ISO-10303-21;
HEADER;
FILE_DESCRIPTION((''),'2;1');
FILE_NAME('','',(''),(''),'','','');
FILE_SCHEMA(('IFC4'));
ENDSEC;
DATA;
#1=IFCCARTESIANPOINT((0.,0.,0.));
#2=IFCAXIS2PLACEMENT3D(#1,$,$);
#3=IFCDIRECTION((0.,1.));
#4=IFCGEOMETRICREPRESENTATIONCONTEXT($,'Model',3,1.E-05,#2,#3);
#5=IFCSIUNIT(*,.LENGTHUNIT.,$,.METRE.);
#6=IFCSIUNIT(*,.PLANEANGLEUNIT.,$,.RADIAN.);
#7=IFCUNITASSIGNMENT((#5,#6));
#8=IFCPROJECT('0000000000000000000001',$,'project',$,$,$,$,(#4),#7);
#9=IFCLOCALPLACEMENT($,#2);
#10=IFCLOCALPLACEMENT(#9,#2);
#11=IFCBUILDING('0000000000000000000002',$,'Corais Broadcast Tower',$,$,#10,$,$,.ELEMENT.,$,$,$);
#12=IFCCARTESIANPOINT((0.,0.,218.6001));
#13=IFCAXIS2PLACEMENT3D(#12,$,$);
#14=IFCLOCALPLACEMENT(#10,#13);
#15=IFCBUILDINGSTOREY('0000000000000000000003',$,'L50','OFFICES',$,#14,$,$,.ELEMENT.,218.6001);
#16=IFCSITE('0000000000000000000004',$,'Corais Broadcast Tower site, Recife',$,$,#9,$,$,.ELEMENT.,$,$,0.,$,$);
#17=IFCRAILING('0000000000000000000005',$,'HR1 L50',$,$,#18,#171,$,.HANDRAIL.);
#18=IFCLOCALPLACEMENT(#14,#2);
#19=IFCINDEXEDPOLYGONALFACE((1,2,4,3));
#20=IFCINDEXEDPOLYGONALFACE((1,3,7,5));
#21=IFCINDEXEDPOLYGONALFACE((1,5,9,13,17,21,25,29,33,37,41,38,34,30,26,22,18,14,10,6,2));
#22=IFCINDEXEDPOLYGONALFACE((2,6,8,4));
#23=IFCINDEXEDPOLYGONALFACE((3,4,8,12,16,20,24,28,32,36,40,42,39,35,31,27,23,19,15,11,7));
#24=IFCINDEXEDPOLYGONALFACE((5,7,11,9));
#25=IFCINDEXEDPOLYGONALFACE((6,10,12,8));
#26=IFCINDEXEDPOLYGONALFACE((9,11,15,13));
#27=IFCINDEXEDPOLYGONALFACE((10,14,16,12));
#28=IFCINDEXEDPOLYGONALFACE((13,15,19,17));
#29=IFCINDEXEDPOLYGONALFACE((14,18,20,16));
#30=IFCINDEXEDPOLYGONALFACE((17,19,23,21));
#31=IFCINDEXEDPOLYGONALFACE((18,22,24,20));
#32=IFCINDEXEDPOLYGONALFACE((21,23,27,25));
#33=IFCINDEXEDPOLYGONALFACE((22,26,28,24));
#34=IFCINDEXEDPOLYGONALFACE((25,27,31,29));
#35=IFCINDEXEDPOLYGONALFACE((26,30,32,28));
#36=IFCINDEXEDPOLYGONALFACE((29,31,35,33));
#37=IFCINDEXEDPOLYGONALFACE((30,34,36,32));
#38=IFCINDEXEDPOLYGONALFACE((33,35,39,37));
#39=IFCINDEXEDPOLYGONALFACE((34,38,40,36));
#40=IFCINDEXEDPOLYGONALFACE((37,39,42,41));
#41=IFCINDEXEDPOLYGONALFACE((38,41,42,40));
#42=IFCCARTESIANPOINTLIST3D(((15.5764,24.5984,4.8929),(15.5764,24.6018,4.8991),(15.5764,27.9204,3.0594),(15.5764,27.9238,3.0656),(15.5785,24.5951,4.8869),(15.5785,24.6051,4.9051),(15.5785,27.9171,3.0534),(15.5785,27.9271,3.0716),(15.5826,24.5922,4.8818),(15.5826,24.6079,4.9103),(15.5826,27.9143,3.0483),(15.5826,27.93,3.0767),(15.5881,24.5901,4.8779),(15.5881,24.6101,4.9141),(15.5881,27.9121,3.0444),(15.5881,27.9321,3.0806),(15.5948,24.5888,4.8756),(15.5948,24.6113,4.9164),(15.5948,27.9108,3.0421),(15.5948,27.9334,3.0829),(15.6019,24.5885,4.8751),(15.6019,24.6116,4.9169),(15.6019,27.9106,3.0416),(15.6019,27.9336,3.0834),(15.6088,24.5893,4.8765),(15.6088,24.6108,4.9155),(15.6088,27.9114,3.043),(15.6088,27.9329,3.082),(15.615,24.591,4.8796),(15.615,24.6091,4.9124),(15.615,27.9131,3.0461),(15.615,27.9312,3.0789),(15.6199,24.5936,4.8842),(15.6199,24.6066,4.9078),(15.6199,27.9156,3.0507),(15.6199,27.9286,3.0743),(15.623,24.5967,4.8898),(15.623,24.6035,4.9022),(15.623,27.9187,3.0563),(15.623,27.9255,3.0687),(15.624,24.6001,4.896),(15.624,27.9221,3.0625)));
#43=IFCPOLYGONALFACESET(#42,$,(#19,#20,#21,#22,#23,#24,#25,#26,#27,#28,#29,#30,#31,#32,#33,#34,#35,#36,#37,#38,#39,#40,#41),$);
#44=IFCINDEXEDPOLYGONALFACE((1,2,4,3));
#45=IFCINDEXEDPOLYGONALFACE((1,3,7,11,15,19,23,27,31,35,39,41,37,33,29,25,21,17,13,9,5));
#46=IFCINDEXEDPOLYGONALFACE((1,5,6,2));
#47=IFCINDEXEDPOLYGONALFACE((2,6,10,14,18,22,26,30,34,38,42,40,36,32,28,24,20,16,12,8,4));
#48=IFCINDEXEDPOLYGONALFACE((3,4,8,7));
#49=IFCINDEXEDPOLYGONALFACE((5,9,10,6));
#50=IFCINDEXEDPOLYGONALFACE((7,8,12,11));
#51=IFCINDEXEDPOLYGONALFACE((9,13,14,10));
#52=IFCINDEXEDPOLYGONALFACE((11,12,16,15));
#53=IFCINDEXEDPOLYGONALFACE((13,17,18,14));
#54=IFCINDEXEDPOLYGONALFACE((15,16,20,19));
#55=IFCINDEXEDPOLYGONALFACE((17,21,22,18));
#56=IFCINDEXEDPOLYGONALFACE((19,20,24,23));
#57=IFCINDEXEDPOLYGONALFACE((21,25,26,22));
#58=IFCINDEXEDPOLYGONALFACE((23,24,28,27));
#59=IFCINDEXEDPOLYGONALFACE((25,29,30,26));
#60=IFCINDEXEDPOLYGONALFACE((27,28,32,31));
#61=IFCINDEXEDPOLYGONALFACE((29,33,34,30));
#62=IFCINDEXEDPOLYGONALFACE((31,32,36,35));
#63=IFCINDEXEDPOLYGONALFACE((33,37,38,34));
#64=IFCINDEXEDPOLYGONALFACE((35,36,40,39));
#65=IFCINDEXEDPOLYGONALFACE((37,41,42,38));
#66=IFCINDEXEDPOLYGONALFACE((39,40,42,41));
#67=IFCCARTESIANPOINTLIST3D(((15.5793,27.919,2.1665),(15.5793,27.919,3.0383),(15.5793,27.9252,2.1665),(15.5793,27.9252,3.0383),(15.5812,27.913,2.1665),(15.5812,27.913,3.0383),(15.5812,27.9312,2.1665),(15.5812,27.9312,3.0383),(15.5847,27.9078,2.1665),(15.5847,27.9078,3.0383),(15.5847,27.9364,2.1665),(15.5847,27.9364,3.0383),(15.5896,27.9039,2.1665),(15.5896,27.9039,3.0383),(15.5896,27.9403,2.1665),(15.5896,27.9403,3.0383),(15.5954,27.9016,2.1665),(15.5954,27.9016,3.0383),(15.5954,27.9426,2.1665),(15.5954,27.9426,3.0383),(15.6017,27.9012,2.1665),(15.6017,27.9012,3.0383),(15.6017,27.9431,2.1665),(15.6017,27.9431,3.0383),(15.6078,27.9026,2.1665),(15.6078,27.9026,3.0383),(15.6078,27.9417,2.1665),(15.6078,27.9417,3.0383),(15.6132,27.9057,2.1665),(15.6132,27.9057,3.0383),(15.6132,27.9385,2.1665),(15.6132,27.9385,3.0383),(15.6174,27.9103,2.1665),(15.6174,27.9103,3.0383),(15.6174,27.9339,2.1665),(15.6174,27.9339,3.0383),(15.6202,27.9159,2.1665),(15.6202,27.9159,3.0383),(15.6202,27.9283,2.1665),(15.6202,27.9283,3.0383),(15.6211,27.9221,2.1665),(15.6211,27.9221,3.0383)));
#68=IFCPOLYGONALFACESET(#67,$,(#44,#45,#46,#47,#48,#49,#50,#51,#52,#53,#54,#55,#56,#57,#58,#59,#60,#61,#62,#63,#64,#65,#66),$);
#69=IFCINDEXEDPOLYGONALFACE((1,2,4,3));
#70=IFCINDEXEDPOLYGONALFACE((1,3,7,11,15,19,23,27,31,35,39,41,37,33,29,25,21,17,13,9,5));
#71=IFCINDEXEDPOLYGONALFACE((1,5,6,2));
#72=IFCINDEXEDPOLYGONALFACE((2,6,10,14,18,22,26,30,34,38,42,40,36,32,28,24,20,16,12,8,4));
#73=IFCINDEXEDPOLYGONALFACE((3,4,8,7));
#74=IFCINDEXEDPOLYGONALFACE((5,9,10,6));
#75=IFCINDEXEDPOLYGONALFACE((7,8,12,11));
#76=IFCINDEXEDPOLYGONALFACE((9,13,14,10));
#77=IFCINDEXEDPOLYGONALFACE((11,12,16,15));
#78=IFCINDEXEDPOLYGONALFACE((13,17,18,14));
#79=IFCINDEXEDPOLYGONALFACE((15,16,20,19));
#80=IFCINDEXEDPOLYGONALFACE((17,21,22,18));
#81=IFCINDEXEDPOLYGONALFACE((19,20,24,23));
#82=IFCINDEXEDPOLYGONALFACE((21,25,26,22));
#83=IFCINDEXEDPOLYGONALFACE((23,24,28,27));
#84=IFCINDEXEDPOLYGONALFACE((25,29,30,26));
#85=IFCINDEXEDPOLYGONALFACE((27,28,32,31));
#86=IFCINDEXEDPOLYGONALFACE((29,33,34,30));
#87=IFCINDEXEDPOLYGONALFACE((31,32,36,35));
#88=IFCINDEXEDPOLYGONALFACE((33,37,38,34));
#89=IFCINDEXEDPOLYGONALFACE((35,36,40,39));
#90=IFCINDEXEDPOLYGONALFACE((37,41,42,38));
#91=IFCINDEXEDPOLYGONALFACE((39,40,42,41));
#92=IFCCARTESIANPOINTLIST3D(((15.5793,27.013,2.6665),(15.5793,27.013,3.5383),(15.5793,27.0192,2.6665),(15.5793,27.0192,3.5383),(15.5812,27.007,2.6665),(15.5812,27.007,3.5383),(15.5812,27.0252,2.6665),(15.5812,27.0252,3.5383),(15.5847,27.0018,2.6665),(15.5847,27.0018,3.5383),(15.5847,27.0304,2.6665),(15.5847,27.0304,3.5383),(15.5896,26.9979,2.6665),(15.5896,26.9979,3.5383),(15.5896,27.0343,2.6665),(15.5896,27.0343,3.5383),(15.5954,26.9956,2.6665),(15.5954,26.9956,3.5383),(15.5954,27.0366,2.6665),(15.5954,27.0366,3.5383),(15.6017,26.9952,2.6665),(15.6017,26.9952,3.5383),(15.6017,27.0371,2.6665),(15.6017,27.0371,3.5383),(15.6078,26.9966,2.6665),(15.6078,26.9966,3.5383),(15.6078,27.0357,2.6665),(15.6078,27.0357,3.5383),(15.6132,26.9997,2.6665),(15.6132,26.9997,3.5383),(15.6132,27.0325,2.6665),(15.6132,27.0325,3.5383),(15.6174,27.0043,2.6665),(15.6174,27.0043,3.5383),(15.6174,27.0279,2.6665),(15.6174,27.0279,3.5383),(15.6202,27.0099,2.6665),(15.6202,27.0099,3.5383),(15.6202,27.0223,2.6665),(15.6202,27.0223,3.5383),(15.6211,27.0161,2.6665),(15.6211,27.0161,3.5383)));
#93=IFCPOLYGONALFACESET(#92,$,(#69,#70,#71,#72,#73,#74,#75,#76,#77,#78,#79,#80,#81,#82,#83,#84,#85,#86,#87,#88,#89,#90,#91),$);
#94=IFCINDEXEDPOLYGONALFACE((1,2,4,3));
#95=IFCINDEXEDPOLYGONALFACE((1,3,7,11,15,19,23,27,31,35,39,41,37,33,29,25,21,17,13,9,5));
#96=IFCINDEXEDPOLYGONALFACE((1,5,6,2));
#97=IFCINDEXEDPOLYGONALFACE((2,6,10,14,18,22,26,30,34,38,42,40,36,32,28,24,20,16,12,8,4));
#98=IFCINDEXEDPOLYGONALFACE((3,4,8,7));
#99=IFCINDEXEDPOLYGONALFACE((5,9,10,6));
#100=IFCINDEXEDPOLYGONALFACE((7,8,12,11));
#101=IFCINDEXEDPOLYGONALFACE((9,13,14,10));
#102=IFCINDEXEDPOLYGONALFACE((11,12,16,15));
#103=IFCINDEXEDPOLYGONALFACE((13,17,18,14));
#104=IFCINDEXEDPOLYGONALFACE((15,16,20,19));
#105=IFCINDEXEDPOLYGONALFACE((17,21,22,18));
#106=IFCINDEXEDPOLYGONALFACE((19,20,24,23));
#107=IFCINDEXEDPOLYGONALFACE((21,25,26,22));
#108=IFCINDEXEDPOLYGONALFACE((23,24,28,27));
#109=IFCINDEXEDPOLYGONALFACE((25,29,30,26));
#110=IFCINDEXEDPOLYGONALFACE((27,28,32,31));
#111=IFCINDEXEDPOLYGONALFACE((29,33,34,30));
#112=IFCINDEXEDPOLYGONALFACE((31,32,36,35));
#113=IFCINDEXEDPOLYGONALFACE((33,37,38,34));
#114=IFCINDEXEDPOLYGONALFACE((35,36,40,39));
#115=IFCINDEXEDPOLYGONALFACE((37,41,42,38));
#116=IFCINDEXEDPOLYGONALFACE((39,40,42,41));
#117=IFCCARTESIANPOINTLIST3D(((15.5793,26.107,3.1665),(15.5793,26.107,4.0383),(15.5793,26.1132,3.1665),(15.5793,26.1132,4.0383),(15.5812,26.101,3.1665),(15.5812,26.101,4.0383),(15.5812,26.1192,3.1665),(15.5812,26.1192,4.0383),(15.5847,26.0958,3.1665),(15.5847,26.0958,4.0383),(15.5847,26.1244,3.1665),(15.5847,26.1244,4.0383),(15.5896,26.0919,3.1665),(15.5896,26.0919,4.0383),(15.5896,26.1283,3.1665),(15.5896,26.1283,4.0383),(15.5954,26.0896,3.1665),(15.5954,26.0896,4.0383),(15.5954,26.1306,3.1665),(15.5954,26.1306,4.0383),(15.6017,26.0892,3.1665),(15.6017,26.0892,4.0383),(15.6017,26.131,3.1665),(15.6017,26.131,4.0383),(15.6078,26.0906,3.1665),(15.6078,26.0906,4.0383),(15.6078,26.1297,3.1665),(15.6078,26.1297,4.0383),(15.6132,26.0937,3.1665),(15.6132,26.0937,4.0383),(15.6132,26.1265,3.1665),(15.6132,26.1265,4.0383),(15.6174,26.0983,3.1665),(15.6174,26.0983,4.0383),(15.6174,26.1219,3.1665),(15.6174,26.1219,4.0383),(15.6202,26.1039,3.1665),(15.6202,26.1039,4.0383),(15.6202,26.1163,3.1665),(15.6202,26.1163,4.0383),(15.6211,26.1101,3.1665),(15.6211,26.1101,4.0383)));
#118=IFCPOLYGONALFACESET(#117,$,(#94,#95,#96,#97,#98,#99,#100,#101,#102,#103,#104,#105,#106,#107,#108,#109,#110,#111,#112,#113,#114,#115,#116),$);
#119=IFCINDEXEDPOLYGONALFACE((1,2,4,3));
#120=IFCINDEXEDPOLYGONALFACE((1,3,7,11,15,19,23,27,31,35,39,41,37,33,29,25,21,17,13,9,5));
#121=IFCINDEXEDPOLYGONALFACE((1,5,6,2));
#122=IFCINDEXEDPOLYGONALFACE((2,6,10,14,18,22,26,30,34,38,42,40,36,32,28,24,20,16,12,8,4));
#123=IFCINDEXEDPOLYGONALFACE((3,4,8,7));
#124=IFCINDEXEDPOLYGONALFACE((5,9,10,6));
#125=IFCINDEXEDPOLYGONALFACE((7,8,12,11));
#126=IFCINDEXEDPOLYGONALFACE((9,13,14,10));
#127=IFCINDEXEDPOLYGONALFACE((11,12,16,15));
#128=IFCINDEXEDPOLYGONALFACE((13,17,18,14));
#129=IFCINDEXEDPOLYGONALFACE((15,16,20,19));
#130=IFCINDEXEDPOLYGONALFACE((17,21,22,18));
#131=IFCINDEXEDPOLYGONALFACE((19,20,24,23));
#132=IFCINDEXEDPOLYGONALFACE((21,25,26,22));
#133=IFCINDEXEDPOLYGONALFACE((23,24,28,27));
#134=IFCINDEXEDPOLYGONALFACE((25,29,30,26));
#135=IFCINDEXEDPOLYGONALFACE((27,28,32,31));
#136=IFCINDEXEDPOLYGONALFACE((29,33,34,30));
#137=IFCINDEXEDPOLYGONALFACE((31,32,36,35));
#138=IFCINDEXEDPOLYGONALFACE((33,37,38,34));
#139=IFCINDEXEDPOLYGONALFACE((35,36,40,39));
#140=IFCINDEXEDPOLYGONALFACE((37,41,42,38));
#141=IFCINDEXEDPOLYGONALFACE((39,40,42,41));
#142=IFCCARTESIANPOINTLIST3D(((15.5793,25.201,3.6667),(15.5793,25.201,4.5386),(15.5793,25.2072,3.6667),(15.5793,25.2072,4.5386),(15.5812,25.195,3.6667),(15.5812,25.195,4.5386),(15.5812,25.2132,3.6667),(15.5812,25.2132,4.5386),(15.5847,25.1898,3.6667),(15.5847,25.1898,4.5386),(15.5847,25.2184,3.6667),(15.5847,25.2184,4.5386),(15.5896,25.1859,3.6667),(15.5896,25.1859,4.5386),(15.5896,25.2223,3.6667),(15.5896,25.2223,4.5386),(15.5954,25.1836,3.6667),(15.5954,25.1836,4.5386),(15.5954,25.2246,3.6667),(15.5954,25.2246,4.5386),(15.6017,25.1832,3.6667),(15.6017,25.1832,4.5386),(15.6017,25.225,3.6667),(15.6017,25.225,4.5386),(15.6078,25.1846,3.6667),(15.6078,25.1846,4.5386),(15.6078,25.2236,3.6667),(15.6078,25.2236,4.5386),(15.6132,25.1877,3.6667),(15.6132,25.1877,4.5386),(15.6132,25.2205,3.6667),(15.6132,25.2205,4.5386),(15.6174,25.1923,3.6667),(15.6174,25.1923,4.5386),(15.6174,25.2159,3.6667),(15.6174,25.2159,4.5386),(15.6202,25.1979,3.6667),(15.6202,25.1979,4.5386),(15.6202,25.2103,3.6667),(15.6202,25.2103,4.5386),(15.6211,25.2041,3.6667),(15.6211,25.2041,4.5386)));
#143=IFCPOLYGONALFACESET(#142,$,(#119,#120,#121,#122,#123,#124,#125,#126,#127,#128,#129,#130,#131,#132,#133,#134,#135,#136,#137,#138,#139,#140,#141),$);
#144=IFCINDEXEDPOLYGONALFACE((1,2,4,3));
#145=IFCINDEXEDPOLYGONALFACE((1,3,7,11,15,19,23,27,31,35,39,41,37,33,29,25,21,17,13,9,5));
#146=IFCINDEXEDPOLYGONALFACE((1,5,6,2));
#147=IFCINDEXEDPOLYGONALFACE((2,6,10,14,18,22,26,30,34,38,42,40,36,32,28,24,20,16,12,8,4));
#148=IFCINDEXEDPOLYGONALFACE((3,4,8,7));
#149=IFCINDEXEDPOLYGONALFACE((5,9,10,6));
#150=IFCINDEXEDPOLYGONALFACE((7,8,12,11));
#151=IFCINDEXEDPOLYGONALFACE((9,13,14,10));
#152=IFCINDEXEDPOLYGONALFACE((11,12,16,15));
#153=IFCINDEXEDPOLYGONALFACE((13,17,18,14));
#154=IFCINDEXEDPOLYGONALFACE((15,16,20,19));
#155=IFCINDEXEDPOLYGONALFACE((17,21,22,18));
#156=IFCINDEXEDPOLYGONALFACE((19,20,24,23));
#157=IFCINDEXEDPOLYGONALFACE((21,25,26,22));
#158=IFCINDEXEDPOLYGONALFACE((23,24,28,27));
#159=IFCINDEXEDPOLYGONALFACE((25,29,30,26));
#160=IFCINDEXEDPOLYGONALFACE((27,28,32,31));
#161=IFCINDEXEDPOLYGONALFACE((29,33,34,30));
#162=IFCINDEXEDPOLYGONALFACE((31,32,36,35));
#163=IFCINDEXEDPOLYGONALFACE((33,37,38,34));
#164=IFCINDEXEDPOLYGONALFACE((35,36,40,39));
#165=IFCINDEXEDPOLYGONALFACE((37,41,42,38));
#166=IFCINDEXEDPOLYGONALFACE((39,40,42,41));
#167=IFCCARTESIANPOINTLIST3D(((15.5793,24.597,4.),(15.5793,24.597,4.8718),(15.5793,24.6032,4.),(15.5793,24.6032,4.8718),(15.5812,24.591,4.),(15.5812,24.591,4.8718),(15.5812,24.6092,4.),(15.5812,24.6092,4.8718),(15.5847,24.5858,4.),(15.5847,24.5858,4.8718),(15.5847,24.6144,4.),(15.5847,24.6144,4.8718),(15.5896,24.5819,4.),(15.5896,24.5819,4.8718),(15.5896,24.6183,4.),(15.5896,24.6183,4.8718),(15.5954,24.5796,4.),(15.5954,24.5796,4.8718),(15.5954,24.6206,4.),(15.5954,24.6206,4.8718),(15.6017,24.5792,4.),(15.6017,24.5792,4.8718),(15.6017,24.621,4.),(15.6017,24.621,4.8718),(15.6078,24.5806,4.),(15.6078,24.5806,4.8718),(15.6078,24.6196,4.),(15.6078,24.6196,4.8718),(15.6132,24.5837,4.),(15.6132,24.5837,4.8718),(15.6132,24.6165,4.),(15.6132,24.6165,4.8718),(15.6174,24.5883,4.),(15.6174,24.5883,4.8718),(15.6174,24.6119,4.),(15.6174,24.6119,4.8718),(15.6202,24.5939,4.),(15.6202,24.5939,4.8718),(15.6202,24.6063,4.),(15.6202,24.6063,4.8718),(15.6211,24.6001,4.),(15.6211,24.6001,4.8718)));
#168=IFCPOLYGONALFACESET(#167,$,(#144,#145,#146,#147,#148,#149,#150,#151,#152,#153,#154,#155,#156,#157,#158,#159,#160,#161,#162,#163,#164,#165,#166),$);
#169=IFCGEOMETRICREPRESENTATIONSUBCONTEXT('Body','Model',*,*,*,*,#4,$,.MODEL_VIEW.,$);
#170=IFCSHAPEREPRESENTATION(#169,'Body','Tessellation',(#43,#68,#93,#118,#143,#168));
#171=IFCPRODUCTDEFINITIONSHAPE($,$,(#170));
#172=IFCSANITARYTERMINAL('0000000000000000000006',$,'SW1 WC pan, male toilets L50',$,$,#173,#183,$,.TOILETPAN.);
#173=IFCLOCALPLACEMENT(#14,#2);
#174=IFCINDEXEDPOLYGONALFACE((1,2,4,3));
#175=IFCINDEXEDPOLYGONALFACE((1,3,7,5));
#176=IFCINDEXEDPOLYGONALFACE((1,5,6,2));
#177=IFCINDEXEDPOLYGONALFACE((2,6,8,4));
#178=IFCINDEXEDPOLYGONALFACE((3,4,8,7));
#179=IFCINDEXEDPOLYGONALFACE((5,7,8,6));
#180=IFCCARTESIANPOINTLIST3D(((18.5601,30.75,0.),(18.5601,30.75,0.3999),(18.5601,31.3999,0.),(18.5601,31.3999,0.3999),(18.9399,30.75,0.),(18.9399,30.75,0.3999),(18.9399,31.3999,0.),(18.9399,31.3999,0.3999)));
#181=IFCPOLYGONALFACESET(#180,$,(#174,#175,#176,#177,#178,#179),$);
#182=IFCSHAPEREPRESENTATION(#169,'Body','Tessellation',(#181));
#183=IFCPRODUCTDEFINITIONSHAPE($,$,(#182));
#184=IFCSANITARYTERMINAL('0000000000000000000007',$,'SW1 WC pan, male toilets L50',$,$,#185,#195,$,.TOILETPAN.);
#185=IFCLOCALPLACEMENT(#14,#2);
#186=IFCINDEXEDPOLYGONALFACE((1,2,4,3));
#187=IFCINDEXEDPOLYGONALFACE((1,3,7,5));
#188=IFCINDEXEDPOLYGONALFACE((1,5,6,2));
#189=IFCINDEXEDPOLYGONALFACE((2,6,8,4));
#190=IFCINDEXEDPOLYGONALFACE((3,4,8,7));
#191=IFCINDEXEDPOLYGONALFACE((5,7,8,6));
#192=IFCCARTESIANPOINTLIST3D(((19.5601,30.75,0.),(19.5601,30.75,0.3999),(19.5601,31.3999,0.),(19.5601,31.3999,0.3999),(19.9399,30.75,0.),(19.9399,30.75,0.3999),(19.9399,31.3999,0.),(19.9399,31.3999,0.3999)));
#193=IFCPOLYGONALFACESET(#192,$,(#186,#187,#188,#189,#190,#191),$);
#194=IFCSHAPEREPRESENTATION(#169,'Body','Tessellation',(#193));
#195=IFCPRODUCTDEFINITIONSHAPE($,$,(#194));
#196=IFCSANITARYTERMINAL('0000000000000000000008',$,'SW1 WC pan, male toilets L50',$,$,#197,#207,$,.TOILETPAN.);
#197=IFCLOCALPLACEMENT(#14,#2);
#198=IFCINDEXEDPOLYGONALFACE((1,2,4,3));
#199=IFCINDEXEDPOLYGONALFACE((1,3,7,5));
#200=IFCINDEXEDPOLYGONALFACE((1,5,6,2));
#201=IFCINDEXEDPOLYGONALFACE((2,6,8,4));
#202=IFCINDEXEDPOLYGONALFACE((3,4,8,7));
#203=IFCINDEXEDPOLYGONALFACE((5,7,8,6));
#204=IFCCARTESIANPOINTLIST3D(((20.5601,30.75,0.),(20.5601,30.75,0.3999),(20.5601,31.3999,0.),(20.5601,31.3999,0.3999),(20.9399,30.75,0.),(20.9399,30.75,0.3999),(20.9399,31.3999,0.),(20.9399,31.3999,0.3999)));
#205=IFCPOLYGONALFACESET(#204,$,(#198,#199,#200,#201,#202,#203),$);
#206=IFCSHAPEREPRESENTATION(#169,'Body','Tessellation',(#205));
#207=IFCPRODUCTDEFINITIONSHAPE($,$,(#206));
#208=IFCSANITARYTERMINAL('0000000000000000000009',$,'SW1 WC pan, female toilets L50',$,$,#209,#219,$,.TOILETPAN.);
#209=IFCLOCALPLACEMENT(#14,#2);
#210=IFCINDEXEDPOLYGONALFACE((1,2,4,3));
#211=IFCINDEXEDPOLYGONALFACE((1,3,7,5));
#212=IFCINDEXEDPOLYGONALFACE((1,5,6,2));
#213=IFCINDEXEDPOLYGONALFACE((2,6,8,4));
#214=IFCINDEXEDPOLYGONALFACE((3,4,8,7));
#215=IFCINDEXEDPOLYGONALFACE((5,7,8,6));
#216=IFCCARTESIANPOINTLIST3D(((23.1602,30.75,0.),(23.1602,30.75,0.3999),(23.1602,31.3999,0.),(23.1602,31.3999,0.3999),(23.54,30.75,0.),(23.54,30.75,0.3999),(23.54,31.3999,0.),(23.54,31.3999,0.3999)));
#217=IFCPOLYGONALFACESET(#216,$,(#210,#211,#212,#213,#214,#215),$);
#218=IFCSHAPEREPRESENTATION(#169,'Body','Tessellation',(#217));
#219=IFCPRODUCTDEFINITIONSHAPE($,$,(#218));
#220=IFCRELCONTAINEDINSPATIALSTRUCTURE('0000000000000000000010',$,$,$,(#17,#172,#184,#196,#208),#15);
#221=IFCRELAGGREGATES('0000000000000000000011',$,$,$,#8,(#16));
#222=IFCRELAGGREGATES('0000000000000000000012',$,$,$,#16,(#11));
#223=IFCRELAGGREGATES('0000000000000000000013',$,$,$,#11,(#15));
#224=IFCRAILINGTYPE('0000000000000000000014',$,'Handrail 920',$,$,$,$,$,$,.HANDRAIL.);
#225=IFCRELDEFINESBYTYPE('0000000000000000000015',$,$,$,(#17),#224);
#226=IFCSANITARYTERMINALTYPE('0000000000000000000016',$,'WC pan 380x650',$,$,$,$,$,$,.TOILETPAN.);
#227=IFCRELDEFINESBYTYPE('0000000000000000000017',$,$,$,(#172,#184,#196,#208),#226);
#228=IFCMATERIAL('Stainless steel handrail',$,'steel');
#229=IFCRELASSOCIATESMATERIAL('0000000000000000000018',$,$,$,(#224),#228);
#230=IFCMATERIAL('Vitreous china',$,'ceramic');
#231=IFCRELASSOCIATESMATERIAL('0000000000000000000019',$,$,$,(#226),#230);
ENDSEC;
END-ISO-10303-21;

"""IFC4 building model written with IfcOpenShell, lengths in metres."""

from ifc_helpers import new_model, si_unit, direction, frame, origin, origin_2d, place, context, subcontext, project, spatial, rectangle, circle, extrude, material, type_object, element, save


model = new_model("IFC4")

# Units and contexts
model_context = context("Model", 3, precision=1e-05, world=origin(), true_north=direction((0.0, 1.0)))
body_context = subcontext(model_context, "Body", "Model", "MODEL_VIEW")
ifc_project = project(units=[si_unit("LENGTHUNIT", "METRE"), si_unit("PLANEANGLEUNIT", "RADIAN")], contexts=[model_context])

# Site, building, storey
site_placement = place(None, origin())
site = spatial("IfcSite", under=ifc_project, at=site_placement, Name="Corais Broadcast Tower site, Recife", CompositionType="ELEMENT", RefElevation=0.0)
building_placement = place(site_placement, origin())
building = spatial("IfcBuilding", under=site, at=building_placement, Name="Corais Broadcast Tower", CompositionType="ELEMENT")
storey_placement = place(building_placement, frame((0.0, 0.0, 218.6001)))
storey = spatial("IfcBuildingStorey", under=building, at=storey_placement, Name="L50", Description="OFFICES", CompositionType="ELEMENT", Elevation=218.6001)

# Railing
ifc_material_1 = material(Name="Stainless steel handrail", Category="steel")
railing_type = type_object("IfcRailingType", Name="Handrail 920", PredefinedType="HANDRAIL", material=ifc_material_1)
for number, where, name in (
    (1, (15.6001, 27.9221, 2.1665), "HR1 L50"),
):
    element("IfcRailing", number, at=place(storey_placement, frame(where)), inside=storey, type_object=railing_type, Name=name, PredefinedType="HANDRAIL", context=body_context, shape_type="SweptSolid", body=[
        extrude(circle(Radius=0.0239, at=origin_2d()), frame((0.0, 0.0, 0.896), z_axis=(0.0, -0.875504, 0.48321), x_axis=(1.0, 0.0, 0.0)), (0.0, 0.0, 1.0), 3.7944),
        extrude(circle(Radius=0.021, at=origin_2d()), origin(), (0.0, 0.0, 1.0), 0.8718),
        extrude(circle(Radius=0.021, at=origin_2d()), frame((0.0, -0.906, 0.5)), (0.0, 0.0, 1.0), 0.8718),
        extrude(circle(Radius=0.021, at=origin_2d()), frame((0.0, -1.812, 1.0)), (0.0, 0.0, 1.0), 0.8718),
        extrude(circle(Radius=0.021, at=origin_2d()), frame((0.0, -2.718, 1.5002)), (0.0, 0.0, 1.0), 0.8718),
        extrude(circle(Radius=0.021, at=origin_2d()), frame((0.0, -3.322, 1.8335)), (0.0, 0.0, 1.0), 0.8718),
    ])

# Sanitary terminals
ifc_material_2 = material(Name="Vitreous china", Category="ceramic")
sanitary_terminal_type_1 = type_object("IfcSanitaryTerminalType", Name="WC pan 380x650", PredefinedType="TOILETPAN", material=ifc_material_2)
for number, where, z_axis, x_axis, name in (
    (2, (18.75, 31.075, 0.0), (0.0, 0.0, 1.0), (1.0, 0.0, 0.0), "SW1 WC pan, male toilets L50"),
    (3, (19.75, 31.075, 0.0), (0.0, 0.0, 1.0), (1.0, 0.0, 0.0), "SW1 WC pan, male toilets L50"),
    (4, (20.75, 31.075, 0.0), (0.0, 0.0, 1.0), (1.0, 0.0, 0.0), "SW1 WC pan, male toilets L50"),
    (5, (23.3501, 31.075, 0.0), (0.0, 0.0, 1.0), (1.0, 0.0, 0.0), "SW1 WC pan, female toilets L50"),
):
    element("IfcSanitaryTerminal", number, at=place(storey_placement, frame(where, z_axis=z_axis, x_axis=x_axis)), inside=storey, type_object=sanitary_terminal_type_1, Name=name, PredefinedType="TOILETPAN", context=body_context, shape_type="SweptSolid", body=[
        extrude(rectangle(XDim=0.3799, YDim=0.6499, at=origin_2d()), origin(), (0.0, 0.0, 1.0), 0.3999),
    ])

save(model, "model.ifc")
